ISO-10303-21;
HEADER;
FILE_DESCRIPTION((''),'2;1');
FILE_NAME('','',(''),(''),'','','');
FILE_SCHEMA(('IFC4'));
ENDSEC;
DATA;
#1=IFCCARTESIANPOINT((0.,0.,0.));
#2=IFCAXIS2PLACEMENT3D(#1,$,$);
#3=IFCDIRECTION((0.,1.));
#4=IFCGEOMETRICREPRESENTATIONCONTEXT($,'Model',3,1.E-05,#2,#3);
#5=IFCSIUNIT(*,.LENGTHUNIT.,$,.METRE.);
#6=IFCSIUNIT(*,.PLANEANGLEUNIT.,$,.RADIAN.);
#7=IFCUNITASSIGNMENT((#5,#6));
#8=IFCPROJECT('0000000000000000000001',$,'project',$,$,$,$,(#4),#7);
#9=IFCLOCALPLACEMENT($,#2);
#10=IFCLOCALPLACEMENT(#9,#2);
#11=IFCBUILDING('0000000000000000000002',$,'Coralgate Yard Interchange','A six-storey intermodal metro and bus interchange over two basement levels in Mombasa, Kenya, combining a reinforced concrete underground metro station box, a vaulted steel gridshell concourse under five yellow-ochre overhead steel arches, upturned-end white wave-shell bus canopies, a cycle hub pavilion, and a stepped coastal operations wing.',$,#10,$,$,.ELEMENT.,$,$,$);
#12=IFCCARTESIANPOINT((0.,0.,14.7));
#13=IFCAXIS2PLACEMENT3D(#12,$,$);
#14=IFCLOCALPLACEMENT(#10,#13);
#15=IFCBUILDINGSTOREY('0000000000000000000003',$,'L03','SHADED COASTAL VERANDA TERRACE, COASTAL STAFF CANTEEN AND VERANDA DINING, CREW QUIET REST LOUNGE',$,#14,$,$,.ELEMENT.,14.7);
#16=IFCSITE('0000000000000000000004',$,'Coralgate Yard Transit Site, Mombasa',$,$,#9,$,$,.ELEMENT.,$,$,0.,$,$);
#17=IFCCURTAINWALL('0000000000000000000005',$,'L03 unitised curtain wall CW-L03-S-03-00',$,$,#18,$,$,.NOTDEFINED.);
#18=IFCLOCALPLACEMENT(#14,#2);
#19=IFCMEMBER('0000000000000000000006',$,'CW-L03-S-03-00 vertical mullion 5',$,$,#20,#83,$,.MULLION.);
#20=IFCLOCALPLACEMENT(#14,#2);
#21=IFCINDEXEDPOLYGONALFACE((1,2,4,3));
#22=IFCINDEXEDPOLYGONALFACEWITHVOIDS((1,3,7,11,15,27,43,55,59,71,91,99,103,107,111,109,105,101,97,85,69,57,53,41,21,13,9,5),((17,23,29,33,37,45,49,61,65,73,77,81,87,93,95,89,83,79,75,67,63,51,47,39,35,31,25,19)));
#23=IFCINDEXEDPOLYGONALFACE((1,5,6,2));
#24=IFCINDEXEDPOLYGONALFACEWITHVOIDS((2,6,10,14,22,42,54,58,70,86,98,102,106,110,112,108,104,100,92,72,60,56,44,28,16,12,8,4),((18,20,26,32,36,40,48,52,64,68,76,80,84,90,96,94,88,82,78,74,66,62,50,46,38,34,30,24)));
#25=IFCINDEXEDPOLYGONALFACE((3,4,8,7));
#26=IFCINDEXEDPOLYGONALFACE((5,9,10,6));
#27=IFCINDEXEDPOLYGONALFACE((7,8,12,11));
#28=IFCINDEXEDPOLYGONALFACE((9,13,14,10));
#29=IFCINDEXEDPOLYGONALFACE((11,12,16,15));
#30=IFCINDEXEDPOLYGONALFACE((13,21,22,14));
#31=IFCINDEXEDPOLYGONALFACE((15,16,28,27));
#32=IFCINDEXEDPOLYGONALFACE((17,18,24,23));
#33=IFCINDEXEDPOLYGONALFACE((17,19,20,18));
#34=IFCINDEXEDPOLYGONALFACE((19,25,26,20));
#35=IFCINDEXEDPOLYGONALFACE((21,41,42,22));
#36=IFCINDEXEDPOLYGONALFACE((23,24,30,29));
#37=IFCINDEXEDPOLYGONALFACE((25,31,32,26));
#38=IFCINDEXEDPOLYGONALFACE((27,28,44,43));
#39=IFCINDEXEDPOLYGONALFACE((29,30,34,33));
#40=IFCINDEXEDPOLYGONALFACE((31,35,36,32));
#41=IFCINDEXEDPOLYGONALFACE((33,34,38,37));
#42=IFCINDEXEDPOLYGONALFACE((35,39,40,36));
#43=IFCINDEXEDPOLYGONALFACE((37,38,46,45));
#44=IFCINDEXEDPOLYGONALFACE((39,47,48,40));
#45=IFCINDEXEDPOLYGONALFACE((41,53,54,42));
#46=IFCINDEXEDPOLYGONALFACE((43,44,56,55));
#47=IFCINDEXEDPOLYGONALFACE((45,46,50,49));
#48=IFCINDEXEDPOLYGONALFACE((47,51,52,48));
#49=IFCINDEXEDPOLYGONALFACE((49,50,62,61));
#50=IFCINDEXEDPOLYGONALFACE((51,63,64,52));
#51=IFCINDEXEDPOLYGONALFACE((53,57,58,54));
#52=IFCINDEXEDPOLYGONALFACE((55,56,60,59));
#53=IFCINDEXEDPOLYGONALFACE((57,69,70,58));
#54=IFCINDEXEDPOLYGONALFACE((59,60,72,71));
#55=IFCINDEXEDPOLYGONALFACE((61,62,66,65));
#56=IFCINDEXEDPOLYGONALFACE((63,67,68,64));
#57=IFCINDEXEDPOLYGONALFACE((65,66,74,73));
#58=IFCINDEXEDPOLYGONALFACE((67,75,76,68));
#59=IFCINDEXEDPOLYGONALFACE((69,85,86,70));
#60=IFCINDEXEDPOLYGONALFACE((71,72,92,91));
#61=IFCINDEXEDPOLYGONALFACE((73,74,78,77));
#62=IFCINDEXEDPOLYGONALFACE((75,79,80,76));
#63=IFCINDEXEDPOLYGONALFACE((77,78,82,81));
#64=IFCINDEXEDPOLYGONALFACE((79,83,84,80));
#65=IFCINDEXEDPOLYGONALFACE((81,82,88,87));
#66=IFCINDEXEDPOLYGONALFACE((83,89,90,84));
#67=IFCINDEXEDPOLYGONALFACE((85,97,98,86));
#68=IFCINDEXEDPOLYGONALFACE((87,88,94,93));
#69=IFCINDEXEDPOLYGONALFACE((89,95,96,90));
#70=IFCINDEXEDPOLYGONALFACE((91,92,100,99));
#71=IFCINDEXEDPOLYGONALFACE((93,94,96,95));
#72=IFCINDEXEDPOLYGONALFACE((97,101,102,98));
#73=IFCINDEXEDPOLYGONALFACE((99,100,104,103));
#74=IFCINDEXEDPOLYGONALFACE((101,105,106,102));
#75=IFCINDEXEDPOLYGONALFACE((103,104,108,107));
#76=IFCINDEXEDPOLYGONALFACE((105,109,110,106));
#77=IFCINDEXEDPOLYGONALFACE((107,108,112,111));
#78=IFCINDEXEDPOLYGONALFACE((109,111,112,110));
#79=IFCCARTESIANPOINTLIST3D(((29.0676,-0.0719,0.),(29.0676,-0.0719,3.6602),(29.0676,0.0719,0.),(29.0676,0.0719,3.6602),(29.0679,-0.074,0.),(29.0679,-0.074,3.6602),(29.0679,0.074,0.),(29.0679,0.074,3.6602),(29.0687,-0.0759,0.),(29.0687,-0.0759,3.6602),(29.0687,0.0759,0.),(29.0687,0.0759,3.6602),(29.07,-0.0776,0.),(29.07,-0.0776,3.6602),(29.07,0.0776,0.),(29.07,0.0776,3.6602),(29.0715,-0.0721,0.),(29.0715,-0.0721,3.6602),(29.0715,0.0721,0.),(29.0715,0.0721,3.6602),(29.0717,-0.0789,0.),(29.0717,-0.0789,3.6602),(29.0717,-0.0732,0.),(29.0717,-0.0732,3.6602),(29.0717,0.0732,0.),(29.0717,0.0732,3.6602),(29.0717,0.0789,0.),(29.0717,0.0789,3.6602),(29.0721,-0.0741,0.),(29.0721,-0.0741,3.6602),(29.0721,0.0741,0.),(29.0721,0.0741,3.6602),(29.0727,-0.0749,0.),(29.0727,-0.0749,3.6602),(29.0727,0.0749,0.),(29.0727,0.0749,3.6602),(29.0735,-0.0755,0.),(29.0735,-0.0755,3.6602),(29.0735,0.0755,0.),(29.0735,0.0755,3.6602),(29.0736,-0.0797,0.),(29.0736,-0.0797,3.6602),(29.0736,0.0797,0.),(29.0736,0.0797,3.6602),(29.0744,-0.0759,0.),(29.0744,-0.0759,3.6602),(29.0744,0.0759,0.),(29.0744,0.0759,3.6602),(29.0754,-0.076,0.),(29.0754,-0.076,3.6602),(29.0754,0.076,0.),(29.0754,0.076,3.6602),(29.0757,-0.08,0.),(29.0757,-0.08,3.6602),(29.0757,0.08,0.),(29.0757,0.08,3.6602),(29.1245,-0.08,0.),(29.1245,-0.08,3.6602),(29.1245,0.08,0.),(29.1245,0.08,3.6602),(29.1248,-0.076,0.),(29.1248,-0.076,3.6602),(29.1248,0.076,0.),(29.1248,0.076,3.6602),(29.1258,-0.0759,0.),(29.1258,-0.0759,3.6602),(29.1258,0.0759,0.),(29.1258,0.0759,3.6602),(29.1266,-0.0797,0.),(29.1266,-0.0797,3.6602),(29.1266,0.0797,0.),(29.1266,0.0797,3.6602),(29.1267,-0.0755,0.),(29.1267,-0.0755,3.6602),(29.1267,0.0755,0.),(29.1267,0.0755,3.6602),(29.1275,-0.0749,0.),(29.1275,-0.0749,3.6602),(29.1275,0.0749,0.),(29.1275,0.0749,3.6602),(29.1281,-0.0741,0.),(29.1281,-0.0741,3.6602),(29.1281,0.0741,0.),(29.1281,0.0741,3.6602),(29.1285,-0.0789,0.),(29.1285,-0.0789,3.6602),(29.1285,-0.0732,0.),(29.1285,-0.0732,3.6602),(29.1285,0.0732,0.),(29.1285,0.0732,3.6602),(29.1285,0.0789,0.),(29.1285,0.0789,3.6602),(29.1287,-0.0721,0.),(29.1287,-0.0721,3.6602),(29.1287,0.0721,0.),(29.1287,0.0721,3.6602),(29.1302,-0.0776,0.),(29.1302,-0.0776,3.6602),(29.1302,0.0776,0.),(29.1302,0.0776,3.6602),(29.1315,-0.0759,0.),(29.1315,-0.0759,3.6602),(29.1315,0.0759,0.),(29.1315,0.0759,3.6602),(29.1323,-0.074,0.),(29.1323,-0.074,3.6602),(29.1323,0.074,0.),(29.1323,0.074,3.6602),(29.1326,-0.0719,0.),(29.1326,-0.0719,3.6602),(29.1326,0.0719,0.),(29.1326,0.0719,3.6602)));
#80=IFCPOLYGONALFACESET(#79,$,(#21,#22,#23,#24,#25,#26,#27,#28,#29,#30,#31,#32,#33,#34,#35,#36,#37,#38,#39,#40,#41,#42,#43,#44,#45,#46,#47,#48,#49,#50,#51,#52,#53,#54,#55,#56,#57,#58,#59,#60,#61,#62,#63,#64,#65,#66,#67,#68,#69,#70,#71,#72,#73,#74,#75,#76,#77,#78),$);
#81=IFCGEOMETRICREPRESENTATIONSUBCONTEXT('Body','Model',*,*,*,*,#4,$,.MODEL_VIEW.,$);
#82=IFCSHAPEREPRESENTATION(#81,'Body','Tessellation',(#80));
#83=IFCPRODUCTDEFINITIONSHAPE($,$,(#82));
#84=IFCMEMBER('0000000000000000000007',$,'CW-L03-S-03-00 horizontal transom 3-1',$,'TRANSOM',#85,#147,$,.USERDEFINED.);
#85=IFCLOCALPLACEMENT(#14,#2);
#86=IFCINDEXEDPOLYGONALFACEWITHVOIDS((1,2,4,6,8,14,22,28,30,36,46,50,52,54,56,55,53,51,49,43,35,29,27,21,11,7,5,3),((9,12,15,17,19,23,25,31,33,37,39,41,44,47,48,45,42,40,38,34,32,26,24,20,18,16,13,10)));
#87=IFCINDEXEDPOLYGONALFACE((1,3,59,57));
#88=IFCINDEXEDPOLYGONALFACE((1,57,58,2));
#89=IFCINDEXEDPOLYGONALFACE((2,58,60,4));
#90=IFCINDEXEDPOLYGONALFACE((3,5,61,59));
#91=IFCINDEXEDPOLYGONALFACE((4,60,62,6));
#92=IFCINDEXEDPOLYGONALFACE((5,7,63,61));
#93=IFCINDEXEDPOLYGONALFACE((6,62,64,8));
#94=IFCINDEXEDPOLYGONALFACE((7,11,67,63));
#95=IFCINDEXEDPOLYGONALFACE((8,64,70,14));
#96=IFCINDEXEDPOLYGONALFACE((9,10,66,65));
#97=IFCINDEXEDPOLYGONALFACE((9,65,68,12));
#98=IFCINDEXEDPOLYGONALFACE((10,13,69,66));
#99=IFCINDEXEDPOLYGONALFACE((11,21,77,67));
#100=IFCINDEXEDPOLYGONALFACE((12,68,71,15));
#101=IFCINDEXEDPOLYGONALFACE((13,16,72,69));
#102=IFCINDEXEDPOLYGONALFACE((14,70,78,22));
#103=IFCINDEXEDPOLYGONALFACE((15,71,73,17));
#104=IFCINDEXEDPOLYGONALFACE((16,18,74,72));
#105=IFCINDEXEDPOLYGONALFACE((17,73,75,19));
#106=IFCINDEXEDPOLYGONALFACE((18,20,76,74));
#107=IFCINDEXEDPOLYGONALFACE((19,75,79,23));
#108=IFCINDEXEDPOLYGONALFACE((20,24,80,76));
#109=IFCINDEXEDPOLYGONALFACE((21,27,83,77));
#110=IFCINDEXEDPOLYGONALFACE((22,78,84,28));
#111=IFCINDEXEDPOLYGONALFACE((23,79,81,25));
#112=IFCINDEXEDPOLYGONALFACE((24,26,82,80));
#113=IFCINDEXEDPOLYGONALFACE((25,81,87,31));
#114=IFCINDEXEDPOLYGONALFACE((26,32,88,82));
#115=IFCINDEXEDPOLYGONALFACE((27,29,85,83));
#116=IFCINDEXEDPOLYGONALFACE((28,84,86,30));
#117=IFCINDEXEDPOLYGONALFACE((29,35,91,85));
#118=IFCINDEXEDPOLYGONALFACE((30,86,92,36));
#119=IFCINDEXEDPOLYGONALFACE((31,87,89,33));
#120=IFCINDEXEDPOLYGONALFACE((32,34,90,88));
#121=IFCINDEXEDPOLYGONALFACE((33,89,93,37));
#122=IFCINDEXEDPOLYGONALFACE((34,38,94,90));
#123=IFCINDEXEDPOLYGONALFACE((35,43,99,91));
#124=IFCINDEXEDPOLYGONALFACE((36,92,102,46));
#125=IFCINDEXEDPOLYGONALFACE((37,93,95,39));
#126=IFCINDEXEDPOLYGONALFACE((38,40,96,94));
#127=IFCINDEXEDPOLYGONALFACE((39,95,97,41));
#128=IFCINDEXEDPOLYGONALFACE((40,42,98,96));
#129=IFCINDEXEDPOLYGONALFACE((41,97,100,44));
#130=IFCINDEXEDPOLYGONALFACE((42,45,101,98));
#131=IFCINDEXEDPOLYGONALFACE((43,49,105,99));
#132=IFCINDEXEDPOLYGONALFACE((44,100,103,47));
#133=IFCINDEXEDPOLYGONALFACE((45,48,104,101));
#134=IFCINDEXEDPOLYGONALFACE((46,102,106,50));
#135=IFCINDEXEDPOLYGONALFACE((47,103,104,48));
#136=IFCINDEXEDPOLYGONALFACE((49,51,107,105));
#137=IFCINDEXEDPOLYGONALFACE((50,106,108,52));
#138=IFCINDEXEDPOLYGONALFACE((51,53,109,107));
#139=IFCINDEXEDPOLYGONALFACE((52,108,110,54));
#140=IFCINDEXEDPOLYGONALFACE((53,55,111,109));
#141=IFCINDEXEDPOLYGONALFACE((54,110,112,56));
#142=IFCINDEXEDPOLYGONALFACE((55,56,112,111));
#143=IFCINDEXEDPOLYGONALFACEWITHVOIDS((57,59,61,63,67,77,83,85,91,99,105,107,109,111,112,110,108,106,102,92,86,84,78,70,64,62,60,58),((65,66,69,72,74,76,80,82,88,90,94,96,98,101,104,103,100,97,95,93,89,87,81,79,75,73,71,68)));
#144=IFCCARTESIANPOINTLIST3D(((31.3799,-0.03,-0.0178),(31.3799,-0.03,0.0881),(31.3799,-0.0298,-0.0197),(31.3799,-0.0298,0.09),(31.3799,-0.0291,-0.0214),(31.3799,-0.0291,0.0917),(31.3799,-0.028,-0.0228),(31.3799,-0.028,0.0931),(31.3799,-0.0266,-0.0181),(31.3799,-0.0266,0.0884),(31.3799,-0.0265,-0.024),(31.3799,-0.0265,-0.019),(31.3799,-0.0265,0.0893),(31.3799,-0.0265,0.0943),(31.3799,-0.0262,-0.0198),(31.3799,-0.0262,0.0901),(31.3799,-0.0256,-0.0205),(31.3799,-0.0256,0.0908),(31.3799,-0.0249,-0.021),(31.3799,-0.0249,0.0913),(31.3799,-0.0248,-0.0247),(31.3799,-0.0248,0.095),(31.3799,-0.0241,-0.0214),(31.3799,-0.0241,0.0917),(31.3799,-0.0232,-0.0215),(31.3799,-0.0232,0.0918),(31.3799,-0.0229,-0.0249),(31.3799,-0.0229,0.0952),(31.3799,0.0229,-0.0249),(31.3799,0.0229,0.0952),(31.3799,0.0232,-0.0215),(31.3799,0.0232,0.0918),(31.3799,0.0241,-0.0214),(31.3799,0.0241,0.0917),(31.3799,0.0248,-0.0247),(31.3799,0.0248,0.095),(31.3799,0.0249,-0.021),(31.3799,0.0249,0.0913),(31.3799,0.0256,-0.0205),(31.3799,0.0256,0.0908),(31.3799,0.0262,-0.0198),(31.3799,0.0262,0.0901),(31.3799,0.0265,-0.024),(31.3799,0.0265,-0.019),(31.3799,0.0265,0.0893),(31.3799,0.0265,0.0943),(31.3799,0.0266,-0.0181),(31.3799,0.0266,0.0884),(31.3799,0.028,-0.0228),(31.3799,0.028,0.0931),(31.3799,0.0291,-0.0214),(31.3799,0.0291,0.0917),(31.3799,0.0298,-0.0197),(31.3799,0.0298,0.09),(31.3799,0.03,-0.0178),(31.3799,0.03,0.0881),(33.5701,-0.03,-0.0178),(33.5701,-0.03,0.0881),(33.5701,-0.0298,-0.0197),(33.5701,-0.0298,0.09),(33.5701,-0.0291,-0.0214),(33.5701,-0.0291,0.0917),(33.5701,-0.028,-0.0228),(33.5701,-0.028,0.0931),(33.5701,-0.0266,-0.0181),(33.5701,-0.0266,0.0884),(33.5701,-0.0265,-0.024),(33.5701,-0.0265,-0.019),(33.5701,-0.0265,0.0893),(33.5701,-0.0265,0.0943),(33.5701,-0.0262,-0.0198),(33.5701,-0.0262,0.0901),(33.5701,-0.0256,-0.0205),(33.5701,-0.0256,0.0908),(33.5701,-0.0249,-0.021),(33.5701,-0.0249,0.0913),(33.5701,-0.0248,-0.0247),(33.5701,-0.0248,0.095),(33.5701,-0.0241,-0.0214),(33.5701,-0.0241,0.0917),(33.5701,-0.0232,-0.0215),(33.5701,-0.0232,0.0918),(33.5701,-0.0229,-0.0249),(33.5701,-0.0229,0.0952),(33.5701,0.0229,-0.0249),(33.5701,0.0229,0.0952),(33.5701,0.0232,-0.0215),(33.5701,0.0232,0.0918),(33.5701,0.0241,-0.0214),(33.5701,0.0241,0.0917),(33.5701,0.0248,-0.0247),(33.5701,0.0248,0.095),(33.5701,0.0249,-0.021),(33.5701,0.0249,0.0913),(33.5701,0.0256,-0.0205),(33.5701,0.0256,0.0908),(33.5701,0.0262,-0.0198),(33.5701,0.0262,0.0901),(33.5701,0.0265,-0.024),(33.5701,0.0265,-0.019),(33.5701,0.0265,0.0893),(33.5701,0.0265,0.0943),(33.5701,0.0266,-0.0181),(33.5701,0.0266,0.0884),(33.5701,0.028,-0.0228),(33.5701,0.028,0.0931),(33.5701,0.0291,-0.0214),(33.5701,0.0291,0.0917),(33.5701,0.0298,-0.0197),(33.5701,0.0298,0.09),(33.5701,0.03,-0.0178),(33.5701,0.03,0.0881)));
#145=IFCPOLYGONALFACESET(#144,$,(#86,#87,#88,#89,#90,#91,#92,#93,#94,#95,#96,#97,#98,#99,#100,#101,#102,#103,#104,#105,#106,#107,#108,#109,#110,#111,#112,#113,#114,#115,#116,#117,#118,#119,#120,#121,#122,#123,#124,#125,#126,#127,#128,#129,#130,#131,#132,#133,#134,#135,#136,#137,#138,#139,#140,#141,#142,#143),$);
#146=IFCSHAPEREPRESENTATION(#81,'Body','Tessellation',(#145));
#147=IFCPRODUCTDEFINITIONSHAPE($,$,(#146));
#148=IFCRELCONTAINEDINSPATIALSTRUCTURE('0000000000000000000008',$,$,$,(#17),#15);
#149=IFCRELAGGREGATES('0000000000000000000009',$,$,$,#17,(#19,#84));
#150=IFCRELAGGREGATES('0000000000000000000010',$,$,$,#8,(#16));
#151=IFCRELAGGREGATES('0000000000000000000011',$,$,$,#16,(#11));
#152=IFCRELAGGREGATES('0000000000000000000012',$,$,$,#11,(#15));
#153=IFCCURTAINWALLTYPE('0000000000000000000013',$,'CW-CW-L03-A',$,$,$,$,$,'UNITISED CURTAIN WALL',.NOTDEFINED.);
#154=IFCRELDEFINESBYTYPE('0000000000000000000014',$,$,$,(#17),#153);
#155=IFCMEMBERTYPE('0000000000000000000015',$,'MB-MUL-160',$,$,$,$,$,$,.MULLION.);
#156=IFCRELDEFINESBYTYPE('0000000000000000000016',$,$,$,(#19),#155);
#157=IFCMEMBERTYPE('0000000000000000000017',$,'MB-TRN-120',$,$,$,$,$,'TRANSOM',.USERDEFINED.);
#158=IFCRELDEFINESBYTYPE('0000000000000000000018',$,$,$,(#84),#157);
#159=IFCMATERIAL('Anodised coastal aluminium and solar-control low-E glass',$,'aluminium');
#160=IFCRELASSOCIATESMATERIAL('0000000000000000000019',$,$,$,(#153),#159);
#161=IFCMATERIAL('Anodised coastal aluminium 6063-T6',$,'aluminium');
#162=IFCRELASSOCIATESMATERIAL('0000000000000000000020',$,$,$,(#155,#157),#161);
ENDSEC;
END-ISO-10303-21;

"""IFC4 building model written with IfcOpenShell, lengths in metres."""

from ifc_helpers import new_model, si_unit, direction, frame, origin, origin_2d, place, context, subcontext, project, spatial, hollow_rectangle, extrude, material, material_profile, profile_set, type_object, element, aggregate, save


model = new_model("IFC4")

# Units and contexts
model_context = context("Model", 3, precision=1e-05, world=origin(), true_north=direction((0.0, 1.0)))
body_context = subcontext(model_context, "Body", "Model", "MODEL_VIEW")
ifc_project = project(units=[si_unit("LENGTHUNIT", "METRE"), si_unit("PLANEANGLEUNIT", "RADIAN")], contexts=[model_context])

# Site, building, storey
site_placement = place(None, origin())
site = spatial("IfcSite", under=ifc_project, at=site_placement, Name="Coralgate Yard Transit Site, Mombasa", CompositionType="ELEMENT", RefElevation=0.0)
building_placement = place(site_placement, origin())
building = spatial("IfcBuilding", under=site, at=building_placement, Name="Coralgate Yard Interchange", Description="A six-storey intermodal metro and bus interchange over two basement levels in Mombasa, Kenya, combining a reinforced concrete underground metro station box, a vaulted steel gridshell concourse under five yellow-ochre overhead steel arches, upturned-end white wave-shell bus canopies, a cycle hub pavilion, and a stepped coastal operations wing.", CompositionType="ELEMENT")
storey_placement = place(building_placement, frame((0.0, 0.0, 14.7)))
storey = spatial("IfcBuildingStorey", under=building, at=storey_placement, Name="L03", Description="SHADED COASTAL VERANDA TERRACE, COASTAL STAFF CANTEEN AND VERANDA DINING, CREW QUIET REST LOUNGE", CompositionType="ELEMENT", Elevation=14.7)

# Curtain wall, members
ifc_material_1 = material(Name="Anodised coastal aluminium and solar-control low-E glass", Category="aluminium")
curtain_wall_type = type_object("IfcCurtainWallType", Name="CW-CW-L03-A", ElementType="UNITISED CURTAIN WALL", PredefinedType="NOTDEFINED", material=ifc_material_1)
curtain_wall_placement = place(storey_placement, origin())
curtain_wall = element("IfcCurtainWall", 1, at=curtain_wall_placement, inside=storey, type_object=curtain_wall_type, Name="L03 unitised curtain wall CW-L03-S-03-00", PredefinedType="NOTDEFINED")
ifc_material_2 = material(Name="Anodised coastal aluminium 6063-T6", Category="aluminium")
ifc_material_profile_1 = material_profile(ifc_material_2, hollow_rectangle(XDim=0.0649, YDim=0.1599, WallThickness=0.0039, InnerFilletRadius=0.0039, OuterFilletRadius=0.0081, at=origin_2d()), Name="ALU 65x160x4")
ifc_profile_set_1 = profile_set([ifc_material_profile_1], Name="Anodised coastal aluminium 6063-T6")
member_type_1 = type_object("IfcMemberType", Name="MB-MUL-160", PredefinedType="MULLION", material=ifc_profile_set_1)
member_1_placement = place(storey_placement, frame((29.1001, 0.0, 0.0), z_axis=(0.0, 0.0, 1.0), x_axis=(1.0, 0.0, 0.0)))
member_1 = element("IfcMember", 2, at=member_1_placement, type_object=member_type_1, Name="CW-L03-S-03-00 vertical mullion 5", PredefinedType="MULLION", context=body_context, shape_type="SweptSolid", body=[
    extrude(hollow_rectangle(XDim=0.0649, YDim=0.1599, WallThickness=0.0039, InnerFilletRadius=0.0039, OuterFilletRadius=0.0081, at=origin_2d()), origin(), (0.0, 0.0, 1.0), 3.6602),
])
ifc_material_profile_2 = material_profile(ifc_material_2, hollow_rectangle(XDim=0.0601, YDim=0.1201, WallThickness=0.0034, InnerFilletRadius=0.0034, OuterFilletRadius=0.0071, at=origin_2d()), Name="ALU 60x120x3.5")
ifc_profile_set_2 = profile_set([ifc_material_profile_2], Name="Anodised coastal aluminium 6063-T6")
member_type_2 = type_object("IfcMemberType", Name="MB-TRN-120", ElementType="TRANSOM", PredefinedType="USERDEFINED", material=ifc_profile_set_2)
member_2_placement = place(storey_placement, frame((33.5701, 0.0, 0.0352), z_axis=(-1.0, 0.0, 0.0), x_axis=(0.0, -1.0, 0.0)))
member_2 = element("IfcMember", 3, at=member_2_placement, type_object=member_type_2, Name="CW-L03-S-03-00 horizontal transom 3-1", ObjectType="TRANSOM", PredefinedType="USERDEFINED", context=body_context, shape_type="SweptSolid", body=[
    extrude(hollow_rectangle(XDim=0.0601, YDim=0.1201, WallThickness=0.0034, InnerFilletRadius=0.0034, OuterFilletRadius=0.0071, at=origin_2d()), origin(), (0.0, 0.0, 1.0), 2.1902),
])
aggregate(curtain_wall, [member_1, member_2])

save(model, "model.ifc")
